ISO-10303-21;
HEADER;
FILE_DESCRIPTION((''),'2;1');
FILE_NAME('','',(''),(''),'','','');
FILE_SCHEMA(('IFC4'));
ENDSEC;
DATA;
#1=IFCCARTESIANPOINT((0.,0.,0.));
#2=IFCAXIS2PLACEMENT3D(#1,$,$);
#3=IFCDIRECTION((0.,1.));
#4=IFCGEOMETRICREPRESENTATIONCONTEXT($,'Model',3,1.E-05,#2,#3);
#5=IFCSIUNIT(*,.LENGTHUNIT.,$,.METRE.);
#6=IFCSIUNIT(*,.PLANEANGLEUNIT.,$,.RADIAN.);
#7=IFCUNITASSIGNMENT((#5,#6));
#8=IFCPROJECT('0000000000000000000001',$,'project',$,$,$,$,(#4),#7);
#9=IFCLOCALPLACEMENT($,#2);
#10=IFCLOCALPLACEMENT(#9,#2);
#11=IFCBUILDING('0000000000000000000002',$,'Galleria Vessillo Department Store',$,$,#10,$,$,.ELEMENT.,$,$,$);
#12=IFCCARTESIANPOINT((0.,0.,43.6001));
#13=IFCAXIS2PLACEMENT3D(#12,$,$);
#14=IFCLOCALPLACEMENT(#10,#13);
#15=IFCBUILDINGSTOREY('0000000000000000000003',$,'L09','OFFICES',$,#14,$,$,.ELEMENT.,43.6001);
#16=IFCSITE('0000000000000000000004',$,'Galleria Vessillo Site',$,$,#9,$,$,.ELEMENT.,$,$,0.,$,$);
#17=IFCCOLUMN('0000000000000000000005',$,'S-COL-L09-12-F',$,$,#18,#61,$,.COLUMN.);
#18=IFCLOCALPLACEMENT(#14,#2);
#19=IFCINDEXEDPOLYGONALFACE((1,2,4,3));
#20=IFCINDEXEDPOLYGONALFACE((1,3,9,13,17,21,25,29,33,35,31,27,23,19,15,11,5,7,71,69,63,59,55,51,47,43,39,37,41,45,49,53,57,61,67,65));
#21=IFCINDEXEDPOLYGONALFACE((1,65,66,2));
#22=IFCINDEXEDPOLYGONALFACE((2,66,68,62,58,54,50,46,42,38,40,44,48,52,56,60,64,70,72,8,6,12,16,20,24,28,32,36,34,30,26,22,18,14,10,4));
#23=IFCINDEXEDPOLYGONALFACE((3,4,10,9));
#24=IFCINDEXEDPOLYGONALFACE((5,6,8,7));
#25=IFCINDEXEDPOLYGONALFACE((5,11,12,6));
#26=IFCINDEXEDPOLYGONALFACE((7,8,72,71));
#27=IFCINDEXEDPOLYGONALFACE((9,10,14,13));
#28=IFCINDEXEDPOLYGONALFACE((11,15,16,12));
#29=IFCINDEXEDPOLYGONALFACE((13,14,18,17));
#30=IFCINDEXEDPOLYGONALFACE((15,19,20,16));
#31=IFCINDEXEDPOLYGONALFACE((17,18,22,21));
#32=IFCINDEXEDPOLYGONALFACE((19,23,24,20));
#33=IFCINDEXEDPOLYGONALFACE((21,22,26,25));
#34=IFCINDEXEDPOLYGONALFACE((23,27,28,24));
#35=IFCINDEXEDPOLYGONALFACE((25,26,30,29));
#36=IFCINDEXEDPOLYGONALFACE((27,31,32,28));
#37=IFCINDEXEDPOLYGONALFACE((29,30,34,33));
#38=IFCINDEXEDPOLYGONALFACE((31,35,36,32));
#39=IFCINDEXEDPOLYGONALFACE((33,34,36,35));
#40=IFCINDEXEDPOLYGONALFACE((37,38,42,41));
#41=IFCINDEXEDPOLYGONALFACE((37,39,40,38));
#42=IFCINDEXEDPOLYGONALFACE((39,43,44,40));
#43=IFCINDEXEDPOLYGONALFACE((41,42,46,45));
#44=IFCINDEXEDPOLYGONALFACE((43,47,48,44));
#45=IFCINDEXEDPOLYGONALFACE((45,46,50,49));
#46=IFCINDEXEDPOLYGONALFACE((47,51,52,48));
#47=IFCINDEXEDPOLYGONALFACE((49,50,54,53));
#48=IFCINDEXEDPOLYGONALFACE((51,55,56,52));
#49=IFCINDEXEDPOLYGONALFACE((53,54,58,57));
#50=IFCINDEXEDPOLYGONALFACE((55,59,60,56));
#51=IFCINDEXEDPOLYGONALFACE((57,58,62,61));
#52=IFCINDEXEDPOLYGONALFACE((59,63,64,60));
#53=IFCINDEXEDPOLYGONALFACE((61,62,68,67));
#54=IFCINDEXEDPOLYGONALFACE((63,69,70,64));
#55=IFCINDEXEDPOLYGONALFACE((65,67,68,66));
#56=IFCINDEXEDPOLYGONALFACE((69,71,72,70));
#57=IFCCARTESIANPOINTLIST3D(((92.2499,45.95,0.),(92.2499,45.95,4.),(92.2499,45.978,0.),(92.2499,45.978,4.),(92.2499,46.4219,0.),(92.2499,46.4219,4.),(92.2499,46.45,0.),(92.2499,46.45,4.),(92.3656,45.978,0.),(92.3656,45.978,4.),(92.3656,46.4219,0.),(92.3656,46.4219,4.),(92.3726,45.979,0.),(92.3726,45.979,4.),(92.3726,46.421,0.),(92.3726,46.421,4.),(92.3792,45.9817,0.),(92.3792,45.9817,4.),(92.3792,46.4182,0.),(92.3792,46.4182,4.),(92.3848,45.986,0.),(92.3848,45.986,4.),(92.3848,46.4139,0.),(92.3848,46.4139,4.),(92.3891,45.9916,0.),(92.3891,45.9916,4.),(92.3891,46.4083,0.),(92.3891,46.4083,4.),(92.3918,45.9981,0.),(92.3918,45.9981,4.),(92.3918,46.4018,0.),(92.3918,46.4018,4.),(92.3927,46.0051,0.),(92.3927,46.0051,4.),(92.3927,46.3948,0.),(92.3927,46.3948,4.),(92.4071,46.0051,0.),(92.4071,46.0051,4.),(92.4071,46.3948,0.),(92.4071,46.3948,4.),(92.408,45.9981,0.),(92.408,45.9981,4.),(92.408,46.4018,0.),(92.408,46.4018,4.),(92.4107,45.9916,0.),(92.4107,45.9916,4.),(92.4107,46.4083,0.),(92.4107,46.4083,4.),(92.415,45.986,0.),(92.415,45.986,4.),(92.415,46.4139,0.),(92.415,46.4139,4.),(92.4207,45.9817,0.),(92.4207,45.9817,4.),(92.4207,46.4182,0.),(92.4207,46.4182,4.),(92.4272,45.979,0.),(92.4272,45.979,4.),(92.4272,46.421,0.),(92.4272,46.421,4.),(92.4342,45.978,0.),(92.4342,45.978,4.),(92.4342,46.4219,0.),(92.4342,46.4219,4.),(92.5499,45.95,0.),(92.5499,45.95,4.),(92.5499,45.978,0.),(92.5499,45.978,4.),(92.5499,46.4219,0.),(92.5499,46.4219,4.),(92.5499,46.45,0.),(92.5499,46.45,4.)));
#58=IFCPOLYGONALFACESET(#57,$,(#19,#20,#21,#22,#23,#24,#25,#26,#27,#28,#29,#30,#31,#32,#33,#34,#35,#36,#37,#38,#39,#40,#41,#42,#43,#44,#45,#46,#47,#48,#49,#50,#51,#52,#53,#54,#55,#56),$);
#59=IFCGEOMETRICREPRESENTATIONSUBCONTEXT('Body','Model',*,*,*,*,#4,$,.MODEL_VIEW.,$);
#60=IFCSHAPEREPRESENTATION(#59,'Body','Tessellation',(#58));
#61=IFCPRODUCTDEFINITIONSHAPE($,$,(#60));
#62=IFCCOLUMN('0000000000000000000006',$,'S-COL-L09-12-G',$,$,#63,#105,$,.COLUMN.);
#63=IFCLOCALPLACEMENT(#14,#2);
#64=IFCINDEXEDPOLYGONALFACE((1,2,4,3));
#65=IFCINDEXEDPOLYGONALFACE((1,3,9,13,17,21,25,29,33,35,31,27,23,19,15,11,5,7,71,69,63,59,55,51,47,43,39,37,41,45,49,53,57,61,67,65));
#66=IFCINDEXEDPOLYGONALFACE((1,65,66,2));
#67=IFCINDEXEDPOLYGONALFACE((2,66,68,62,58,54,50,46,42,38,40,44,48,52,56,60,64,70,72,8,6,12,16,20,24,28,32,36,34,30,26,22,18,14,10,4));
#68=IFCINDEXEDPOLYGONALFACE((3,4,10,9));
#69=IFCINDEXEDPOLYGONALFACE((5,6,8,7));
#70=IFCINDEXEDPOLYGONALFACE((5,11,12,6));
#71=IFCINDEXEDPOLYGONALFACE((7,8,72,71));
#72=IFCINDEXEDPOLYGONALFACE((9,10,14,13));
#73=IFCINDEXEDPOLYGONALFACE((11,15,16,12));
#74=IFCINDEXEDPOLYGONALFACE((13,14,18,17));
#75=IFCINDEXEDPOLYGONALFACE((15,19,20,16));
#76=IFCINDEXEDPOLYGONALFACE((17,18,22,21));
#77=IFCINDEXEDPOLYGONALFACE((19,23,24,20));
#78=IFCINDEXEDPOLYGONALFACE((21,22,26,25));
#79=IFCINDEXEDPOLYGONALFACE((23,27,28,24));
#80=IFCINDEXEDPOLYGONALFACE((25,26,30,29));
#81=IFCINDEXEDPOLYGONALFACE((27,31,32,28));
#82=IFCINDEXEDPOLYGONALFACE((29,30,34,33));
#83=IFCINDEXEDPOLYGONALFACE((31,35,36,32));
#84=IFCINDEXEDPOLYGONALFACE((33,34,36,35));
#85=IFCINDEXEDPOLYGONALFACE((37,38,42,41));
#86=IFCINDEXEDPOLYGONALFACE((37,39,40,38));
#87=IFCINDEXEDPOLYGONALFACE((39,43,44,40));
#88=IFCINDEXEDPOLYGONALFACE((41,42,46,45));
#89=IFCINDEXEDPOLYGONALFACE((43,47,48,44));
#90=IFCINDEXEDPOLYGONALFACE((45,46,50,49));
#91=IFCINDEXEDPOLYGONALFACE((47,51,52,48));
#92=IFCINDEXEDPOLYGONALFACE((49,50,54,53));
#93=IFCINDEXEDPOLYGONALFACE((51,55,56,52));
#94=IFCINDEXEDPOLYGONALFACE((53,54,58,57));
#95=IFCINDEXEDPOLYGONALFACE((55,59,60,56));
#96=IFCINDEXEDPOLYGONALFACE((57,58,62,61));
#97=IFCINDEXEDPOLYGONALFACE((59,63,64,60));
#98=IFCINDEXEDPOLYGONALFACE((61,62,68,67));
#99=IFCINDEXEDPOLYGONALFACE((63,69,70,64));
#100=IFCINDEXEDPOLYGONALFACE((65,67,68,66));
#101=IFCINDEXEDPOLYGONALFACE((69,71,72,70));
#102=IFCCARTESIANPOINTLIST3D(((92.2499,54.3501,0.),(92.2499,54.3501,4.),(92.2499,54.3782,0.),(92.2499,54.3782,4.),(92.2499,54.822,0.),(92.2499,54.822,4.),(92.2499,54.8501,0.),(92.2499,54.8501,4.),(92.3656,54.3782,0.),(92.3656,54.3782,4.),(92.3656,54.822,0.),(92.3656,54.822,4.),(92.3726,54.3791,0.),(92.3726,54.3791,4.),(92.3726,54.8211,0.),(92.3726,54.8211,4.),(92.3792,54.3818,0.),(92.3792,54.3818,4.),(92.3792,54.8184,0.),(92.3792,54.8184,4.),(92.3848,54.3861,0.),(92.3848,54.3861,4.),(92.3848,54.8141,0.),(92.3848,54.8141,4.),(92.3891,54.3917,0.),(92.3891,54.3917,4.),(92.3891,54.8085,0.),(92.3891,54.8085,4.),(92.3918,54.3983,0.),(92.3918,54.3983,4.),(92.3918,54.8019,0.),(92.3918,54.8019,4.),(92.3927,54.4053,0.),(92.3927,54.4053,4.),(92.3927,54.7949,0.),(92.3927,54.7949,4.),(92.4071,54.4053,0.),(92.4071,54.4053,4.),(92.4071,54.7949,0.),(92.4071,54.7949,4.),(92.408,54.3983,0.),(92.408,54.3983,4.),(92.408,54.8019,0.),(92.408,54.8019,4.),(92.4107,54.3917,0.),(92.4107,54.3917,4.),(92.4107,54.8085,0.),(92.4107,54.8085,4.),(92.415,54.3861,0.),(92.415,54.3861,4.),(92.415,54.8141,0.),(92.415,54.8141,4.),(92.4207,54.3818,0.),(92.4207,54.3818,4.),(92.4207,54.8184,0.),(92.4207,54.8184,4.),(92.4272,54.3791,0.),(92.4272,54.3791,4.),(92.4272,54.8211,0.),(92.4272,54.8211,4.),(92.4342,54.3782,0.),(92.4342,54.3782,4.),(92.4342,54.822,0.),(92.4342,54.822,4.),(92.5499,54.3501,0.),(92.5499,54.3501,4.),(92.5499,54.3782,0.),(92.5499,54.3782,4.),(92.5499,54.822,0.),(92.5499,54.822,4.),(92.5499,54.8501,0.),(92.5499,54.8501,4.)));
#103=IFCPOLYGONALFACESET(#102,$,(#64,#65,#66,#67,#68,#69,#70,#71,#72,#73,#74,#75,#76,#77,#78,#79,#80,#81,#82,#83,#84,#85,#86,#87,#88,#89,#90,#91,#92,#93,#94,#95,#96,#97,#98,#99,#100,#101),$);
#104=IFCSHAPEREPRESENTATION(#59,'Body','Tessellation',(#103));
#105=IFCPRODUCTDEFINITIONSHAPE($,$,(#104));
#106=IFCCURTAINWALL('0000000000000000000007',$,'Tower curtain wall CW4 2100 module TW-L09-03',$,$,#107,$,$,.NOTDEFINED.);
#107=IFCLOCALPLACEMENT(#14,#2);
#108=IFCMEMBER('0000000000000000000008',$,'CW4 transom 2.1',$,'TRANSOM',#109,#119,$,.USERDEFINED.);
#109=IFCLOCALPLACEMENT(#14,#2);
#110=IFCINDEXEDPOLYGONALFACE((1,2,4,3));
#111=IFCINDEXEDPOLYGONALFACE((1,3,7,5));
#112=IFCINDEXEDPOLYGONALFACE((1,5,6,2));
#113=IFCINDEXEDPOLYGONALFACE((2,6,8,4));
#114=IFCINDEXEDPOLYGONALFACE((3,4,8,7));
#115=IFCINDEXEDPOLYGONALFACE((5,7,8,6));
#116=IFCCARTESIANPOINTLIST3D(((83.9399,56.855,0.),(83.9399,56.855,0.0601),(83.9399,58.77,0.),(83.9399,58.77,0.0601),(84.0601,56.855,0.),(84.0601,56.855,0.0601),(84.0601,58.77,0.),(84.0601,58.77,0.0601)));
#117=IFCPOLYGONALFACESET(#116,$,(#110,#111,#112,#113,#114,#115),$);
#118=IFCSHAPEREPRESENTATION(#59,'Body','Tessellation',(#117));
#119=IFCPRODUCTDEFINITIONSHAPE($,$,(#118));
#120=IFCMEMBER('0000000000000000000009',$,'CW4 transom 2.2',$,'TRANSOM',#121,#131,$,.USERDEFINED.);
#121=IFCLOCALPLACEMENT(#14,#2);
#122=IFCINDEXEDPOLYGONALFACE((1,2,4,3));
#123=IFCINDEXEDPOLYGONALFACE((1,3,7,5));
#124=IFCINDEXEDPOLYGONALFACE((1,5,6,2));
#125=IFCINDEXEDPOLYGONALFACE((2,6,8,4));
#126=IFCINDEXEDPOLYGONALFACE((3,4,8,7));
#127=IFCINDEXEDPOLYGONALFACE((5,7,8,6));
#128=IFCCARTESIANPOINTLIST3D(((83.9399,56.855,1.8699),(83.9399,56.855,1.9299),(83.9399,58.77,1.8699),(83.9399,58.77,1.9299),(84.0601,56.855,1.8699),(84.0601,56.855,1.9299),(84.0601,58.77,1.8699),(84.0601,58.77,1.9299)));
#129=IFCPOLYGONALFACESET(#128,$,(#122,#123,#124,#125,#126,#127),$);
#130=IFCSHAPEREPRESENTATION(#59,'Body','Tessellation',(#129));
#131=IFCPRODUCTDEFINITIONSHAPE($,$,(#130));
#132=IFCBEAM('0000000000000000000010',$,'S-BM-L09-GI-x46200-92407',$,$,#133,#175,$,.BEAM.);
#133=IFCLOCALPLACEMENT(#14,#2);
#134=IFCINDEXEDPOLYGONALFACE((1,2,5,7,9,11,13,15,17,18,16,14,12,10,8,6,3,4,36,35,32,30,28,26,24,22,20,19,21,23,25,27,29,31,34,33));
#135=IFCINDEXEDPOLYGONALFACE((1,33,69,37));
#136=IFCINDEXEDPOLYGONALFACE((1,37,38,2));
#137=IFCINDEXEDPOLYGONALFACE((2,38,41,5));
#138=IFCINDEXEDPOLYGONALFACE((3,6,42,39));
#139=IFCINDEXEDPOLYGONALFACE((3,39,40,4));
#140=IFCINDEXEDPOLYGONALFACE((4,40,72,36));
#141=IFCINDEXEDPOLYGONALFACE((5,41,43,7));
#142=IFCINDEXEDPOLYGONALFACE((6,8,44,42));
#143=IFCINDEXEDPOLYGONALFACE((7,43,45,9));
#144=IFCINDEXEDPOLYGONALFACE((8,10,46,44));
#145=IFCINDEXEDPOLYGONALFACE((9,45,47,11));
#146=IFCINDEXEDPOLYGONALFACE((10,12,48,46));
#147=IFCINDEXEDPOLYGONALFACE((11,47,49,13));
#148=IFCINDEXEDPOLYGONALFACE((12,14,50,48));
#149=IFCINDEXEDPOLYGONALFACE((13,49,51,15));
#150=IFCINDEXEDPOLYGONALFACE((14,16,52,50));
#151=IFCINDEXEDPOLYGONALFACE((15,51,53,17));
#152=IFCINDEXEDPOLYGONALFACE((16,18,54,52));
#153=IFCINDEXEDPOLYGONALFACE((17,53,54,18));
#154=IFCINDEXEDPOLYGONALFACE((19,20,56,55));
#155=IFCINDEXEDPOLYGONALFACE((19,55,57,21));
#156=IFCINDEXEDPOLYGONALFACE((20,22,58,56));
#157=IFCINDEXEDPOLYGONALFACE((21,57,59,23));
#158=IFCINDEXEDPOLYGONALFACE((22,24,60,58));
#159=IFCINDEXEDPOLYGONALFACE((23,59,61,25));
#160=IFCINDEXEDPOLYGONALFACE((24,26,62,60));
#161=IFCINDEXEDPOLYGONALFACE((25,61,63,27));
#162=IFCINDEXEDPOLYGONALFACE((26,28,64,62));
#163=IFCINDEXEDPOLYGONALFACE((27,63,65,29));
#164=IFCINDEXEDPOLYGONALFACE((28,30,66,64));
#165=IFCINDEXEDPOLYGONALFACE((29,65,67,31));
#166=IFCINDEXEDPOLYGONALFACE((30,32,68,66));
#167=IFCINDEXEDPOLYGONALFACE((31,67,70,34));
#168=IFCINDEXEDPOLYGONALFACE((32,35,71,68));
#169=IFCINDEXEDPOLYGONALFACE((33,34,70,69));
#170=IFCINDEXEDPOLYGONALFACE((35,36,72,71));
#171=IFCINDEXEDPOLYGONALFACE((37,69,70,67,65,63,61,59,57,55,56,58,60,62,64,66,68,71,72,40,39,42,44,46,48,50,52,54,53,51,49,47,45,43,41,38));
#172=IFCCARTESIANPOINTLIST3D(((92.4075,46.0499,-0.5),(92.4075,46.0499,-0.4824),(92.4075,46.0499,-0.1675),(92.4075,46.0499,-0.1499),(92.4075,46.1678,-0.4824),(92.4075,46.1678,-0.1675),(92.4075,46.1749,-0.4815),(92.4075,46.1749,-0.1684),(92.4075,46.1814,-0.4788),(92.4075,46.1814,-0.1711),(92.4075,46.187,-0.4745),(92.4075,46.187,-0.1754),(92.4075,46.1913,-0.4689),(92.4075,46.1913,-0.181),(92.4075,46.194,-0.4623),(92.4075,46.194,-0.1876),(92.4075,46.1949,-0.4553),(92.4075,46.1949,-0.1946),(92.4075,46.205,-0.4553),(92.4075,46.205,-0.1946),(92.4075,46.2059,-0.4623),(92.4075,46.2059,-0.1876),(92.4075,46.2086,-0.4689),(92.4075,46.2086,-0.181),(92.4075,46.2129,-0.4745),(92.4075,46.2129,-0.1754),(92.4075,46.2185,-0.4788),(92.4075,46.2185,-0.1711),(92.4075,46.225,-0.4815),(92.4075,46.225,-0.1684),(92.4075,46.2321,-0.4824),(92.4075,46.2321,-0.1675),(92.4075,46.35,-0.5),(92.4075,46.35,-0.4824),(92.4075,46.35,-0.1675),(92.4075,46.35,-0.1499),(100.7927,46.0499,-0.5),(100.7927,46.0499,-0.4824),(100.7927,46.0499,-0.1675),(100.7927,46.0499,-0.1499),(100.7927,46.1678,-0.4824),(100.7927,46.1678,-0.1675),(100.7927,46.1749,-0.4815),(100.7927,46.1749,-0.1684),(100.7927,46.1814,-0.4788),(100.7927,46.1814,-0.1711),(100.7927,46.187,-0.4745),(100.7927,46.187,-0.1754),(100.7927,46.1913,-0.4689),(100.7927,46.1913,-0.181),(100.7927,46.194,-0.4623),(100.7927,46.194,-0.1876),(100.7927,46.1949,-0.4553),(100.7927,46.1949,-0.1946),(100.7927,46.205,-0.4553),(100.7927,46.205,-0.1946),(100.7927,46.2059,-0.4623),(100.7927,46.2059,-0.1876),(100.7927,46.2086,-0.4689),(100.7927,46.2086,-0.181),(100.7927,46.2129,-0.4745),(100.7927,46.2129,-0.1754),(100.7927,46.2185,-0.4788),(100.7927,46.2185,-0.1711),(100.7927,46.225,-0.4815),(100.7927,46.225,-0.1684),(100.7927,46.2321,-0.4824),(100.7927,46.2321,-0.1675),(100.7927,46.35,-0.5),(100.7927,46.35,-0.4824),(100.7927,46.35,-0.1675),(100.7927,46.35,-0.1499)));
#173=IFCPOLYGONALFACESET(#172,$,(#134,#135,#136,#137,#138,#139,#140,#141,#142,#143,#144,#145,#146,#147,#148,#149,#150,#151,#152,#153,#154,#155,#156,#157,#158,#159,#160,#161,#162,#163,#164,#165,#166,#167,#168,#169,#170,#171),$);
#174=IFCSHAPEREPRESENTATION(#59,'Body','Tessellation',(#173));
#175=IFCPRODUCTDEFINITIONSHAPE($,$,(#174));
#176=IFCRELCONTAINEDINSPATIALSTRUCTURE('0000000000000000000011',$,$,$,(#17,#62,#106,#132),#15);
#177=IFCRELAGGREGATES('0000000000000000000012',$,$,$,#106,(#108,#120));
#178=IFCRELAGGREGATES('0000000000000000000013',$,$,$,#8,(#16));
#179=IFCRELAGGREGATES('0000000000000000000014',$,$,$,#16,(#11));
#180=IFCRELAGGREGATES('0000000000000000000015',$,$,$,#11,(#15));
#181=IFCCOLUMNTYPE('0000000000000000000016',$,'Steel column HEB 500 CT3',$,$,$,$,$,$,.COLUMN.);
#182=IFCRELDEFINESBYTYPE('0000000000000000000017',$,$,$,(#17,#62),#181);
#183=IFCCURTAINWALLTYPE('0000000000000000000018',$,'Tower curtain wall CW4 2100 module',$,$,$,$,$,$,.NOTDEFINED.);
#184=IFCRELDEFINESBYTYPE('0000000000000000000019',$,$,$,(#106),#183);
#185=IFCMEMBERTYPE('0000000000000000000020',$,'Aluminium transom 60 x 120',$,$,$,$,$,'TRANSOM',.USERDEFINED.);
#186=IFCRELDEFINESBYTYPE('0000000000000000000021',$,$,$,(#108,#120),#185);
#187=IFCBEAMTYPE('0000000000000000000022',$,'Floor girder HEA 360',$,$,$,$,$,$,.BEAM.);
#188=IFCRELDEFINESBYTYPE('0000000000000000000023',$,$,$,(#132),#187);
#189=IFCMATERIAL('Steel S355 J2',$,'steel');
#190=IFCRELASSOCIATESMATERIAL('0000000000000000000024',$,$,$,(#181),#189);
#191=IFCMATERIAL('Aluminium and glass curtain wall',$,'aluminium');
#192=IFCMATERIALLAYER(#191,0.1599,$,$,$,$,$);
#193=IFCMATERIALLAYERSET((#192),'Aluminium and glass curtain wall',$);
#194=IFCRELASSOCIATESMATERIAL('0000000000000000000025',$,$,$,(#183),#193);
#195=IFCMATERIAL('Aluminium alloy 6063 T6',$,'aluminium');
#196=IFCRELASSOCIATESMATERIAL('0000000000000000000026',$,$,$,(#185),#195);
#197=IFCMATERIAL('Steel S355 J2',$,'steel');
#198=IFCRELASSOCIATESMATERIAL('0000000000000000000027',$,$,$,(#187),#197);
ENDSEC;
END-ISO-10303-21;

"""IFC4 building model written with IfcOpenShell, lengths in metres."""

from ifc_helpers import new_model, si_unit, direction, frame, origin, origin_2d, place, context, subcontext, project, spatial, rectangle, i_section, extrude, material, layer, layer_set, material_profile, profile_set, type_object, element, aggregate, save


model = new_model("IFC4")

# Units and contexts
model_context = context("Model", 3, precision=1e-05, world=origin(), true_north=direction((0.0, 1.0)))
body_context = subcontext(model_context, "Body", "Model", "MODEL_VIEW")
ifc_project = project(units=[si_unit("LENGTHUNIT", "METRE"), si_unit("PLANEANGLEUNIT", "RADIAN")], contexts=[model_context])

# Site, building, storey
site_placement = place(None, origin())
site = spatial("IfcSite", under=ifc_project, at=site_placement, Name="Galleria Vessillo Site", CompositionType="ELEMENT", RefElevation=0.0)
building_placement = place(site_placement, origin())
building = spatial("IfcBuilding", under=site, at=building_placement, Name="Galleria Vessillo Department Store", CompositionType="ELEMENT")
storey_placement = place(building_placement, frame((0.0, 0.0, 43.6001)))
storey = spatial("IfcBuildingStorey", under=building, at=storey_placement, Name="L09", Description="OFFICES", CompositionType="ELEMENT", Elevation=43.6001)

# Columns
ifc_material_1 = material(Name="Steel S355 J2", Category="steel")
ifc_material_profile_1 = material_profile(ifc_material_1, i_section(OverallWidth=0.3, OverallDepth=0.5, WebThickness=0.0144, FlangeThickness=0.0281, FilletRadius=0.0271, at=origin_2d()), Name="HEB 500")
ifc_profile_set_1 = profile_set([ifc_material_profile_1], Name="Steel S355 J2")
column_type = type_object("IfcColumnType", Name="Steel column HEB 500 CT3", PredefinedType="COLUMN", material=ifc_profile_set_1)
for number, where, z_axis, x_axis, name in (
    (1, (92.3999, 46.2, 0.0), (0.0, 0.0, 1.0), (1.0, 0.0, 0.0), "S-COL-L09-12-F"),
    (2, (92.3999, 54.6001, 0.0), (0.0, 0.0, 1.0), (1.0, 0.0, 0.0), "S-COL-L09-12-G"),
):
    element("IfcColumn", number, at=place(storey_placement, frame(where, z_axis=z_axis, x_axis=x_axis)), inside=storey, type_object=column_type, Name=name, PredefinedType="COLUMN", context=body_context, shape_type="SweptSolid", body=[
        extrude(i_section(OverallWidth=0.3, OverallDepth=0.5, WebThickness=0.0144, FlangeThickness=0.0281, FilletRadius=0.0271, at=origin_2d()), origin(), (0.0, 0.0, 1.0), 4.0),
    ])

# Curtain wall, members
ifc_material_2 = material(Name="Aluminium and glass curtain wall", Category="aluminium")
ifc_layer_1 = layer(ifc_material_2, 0.1599)
ifc_layer_set_1 = layer_set([ifc_layer_1], Name="Aluminium and glass curtain wall")
curtain_wall_type = type_object("IfcCurtainWallType", Name="Tower curtain wall CW4 2100 module", PredefinedType="NOTDEFINED", material=ifc_layer_set_1)
curtain_wall_placement = place(storey_placement, origin())
curtain_wall = element("IfcCurtainWall", 3, at=curtain_wall_placement, inside=storey, type_object=curtain_wall_type, Name="Tower curtain wall CW4 2100 module TW-L09-03", PredefinedType="NOTDEFINED")
ifc_material_3 = material(Name="Aluminium alloy 6063 T6", Category="aluminium")
ifc_material_profile_2 = material_profile(ifc_material_3, rectangle(XDim=0.1201, YDim=0.0601, at=origin_2d()), Name="AL 60x120")
ifc_profile_set_2 = profile_set([ifc_material_profile_2], Name="Aluminium alloy 6063 T6")
member_type = type_object("IfcMemberType", Name="Aluminium transom 60 x 120", ElementType="TRANSOM", PredefinedType="USERDEFINED", material=ifc_profile_set_2)
member_1_placement = place(storey_placement, frame((84.0, 56.855, 0.03), z_axis=(0.0, 1.0, 0.0), x_axis=(-1.0, 0.0, 0.0)))
member_1 = element("IfcMember", 4, at=member_1_placement, type_object=member_type, Name="CW4 transom 2.1", ObjectType="TRANSOM", PredefinedType="USERDEFINED", context=body_context, shape_type="SweptSolid", body=[
    extrude(rectangle(XDim=0.1201, YDim=0.0601, at=origin_2d()), origin(), (0.0, 0.0, 1.0), 1.915),
])
member_2_placement = place(storey_placement, frame((84.0, 56.855, 1.8999), z_axis=(0.0, 1.0, 0.0), x_axis=(-1.0, 0.0, 0.0)))
member_2 = element("IfcMember", 5, at=member_2_placement, type_object=member_type, Name="CW4 transom 2.2", ObjectType="TRANSOM", PredefinedType="USERDEFINED", context=body_context, shape_type="SweptSolid", body=[
    extrude(rectangle(XDim=0.1201, YDim=0.0601, at=origin_2d()), origin(), (0.0, 0.0, 1.0), 1.915),
])
aggregate(curtain_wall, [member_1, member_2])

# Beam
ifc_material_4 = material(Name="Steel S355 J2", Category="steel")
ifc_material_profile_3 = material_profile(ifc_material_4, i_section(OverallWidth=0.3, OverallDepth=0.3501, WebThickness=0.01, FlangeThickness=0.0176, FilletRadius=0.0271, at=origin_2d()), Name="HEA 360")
ifc_profile_set_3 = profile_set([ifc_material_profile_3], Name="Steel S355 J2")
beam_type_1 = type_object("IfcBeamType", Name="Floor girder HEA 360", PredefinedType="BEAM", material=ifc_profile_set_3)
beam_placement = place(storey_placement, frame((92.4075, 46.2, -0.325), z_axis=(1.0, 0.0, 0.0), x_axis=(0.0, 1.0, 0.0)))
element("IfcBeam", 6, at=beam_placement, inside=storey, type_object=beam_type_1, Name="S-BM-L09-GI-x46200-92407", PredefinedType="BEAM", context=body_context, shape_type="SweptSolid", body=[
    extrude(i_section(OverallWidth=0.3, OverallDepth=0.3501, WebThickness=0.01, FlangeThickness=0.0176, FilletRadius=0.0271, at=origin_2d()), origin(), (0.0, 0.0, 1.0), 8.3853),
])

save(model, "model.ifc")
